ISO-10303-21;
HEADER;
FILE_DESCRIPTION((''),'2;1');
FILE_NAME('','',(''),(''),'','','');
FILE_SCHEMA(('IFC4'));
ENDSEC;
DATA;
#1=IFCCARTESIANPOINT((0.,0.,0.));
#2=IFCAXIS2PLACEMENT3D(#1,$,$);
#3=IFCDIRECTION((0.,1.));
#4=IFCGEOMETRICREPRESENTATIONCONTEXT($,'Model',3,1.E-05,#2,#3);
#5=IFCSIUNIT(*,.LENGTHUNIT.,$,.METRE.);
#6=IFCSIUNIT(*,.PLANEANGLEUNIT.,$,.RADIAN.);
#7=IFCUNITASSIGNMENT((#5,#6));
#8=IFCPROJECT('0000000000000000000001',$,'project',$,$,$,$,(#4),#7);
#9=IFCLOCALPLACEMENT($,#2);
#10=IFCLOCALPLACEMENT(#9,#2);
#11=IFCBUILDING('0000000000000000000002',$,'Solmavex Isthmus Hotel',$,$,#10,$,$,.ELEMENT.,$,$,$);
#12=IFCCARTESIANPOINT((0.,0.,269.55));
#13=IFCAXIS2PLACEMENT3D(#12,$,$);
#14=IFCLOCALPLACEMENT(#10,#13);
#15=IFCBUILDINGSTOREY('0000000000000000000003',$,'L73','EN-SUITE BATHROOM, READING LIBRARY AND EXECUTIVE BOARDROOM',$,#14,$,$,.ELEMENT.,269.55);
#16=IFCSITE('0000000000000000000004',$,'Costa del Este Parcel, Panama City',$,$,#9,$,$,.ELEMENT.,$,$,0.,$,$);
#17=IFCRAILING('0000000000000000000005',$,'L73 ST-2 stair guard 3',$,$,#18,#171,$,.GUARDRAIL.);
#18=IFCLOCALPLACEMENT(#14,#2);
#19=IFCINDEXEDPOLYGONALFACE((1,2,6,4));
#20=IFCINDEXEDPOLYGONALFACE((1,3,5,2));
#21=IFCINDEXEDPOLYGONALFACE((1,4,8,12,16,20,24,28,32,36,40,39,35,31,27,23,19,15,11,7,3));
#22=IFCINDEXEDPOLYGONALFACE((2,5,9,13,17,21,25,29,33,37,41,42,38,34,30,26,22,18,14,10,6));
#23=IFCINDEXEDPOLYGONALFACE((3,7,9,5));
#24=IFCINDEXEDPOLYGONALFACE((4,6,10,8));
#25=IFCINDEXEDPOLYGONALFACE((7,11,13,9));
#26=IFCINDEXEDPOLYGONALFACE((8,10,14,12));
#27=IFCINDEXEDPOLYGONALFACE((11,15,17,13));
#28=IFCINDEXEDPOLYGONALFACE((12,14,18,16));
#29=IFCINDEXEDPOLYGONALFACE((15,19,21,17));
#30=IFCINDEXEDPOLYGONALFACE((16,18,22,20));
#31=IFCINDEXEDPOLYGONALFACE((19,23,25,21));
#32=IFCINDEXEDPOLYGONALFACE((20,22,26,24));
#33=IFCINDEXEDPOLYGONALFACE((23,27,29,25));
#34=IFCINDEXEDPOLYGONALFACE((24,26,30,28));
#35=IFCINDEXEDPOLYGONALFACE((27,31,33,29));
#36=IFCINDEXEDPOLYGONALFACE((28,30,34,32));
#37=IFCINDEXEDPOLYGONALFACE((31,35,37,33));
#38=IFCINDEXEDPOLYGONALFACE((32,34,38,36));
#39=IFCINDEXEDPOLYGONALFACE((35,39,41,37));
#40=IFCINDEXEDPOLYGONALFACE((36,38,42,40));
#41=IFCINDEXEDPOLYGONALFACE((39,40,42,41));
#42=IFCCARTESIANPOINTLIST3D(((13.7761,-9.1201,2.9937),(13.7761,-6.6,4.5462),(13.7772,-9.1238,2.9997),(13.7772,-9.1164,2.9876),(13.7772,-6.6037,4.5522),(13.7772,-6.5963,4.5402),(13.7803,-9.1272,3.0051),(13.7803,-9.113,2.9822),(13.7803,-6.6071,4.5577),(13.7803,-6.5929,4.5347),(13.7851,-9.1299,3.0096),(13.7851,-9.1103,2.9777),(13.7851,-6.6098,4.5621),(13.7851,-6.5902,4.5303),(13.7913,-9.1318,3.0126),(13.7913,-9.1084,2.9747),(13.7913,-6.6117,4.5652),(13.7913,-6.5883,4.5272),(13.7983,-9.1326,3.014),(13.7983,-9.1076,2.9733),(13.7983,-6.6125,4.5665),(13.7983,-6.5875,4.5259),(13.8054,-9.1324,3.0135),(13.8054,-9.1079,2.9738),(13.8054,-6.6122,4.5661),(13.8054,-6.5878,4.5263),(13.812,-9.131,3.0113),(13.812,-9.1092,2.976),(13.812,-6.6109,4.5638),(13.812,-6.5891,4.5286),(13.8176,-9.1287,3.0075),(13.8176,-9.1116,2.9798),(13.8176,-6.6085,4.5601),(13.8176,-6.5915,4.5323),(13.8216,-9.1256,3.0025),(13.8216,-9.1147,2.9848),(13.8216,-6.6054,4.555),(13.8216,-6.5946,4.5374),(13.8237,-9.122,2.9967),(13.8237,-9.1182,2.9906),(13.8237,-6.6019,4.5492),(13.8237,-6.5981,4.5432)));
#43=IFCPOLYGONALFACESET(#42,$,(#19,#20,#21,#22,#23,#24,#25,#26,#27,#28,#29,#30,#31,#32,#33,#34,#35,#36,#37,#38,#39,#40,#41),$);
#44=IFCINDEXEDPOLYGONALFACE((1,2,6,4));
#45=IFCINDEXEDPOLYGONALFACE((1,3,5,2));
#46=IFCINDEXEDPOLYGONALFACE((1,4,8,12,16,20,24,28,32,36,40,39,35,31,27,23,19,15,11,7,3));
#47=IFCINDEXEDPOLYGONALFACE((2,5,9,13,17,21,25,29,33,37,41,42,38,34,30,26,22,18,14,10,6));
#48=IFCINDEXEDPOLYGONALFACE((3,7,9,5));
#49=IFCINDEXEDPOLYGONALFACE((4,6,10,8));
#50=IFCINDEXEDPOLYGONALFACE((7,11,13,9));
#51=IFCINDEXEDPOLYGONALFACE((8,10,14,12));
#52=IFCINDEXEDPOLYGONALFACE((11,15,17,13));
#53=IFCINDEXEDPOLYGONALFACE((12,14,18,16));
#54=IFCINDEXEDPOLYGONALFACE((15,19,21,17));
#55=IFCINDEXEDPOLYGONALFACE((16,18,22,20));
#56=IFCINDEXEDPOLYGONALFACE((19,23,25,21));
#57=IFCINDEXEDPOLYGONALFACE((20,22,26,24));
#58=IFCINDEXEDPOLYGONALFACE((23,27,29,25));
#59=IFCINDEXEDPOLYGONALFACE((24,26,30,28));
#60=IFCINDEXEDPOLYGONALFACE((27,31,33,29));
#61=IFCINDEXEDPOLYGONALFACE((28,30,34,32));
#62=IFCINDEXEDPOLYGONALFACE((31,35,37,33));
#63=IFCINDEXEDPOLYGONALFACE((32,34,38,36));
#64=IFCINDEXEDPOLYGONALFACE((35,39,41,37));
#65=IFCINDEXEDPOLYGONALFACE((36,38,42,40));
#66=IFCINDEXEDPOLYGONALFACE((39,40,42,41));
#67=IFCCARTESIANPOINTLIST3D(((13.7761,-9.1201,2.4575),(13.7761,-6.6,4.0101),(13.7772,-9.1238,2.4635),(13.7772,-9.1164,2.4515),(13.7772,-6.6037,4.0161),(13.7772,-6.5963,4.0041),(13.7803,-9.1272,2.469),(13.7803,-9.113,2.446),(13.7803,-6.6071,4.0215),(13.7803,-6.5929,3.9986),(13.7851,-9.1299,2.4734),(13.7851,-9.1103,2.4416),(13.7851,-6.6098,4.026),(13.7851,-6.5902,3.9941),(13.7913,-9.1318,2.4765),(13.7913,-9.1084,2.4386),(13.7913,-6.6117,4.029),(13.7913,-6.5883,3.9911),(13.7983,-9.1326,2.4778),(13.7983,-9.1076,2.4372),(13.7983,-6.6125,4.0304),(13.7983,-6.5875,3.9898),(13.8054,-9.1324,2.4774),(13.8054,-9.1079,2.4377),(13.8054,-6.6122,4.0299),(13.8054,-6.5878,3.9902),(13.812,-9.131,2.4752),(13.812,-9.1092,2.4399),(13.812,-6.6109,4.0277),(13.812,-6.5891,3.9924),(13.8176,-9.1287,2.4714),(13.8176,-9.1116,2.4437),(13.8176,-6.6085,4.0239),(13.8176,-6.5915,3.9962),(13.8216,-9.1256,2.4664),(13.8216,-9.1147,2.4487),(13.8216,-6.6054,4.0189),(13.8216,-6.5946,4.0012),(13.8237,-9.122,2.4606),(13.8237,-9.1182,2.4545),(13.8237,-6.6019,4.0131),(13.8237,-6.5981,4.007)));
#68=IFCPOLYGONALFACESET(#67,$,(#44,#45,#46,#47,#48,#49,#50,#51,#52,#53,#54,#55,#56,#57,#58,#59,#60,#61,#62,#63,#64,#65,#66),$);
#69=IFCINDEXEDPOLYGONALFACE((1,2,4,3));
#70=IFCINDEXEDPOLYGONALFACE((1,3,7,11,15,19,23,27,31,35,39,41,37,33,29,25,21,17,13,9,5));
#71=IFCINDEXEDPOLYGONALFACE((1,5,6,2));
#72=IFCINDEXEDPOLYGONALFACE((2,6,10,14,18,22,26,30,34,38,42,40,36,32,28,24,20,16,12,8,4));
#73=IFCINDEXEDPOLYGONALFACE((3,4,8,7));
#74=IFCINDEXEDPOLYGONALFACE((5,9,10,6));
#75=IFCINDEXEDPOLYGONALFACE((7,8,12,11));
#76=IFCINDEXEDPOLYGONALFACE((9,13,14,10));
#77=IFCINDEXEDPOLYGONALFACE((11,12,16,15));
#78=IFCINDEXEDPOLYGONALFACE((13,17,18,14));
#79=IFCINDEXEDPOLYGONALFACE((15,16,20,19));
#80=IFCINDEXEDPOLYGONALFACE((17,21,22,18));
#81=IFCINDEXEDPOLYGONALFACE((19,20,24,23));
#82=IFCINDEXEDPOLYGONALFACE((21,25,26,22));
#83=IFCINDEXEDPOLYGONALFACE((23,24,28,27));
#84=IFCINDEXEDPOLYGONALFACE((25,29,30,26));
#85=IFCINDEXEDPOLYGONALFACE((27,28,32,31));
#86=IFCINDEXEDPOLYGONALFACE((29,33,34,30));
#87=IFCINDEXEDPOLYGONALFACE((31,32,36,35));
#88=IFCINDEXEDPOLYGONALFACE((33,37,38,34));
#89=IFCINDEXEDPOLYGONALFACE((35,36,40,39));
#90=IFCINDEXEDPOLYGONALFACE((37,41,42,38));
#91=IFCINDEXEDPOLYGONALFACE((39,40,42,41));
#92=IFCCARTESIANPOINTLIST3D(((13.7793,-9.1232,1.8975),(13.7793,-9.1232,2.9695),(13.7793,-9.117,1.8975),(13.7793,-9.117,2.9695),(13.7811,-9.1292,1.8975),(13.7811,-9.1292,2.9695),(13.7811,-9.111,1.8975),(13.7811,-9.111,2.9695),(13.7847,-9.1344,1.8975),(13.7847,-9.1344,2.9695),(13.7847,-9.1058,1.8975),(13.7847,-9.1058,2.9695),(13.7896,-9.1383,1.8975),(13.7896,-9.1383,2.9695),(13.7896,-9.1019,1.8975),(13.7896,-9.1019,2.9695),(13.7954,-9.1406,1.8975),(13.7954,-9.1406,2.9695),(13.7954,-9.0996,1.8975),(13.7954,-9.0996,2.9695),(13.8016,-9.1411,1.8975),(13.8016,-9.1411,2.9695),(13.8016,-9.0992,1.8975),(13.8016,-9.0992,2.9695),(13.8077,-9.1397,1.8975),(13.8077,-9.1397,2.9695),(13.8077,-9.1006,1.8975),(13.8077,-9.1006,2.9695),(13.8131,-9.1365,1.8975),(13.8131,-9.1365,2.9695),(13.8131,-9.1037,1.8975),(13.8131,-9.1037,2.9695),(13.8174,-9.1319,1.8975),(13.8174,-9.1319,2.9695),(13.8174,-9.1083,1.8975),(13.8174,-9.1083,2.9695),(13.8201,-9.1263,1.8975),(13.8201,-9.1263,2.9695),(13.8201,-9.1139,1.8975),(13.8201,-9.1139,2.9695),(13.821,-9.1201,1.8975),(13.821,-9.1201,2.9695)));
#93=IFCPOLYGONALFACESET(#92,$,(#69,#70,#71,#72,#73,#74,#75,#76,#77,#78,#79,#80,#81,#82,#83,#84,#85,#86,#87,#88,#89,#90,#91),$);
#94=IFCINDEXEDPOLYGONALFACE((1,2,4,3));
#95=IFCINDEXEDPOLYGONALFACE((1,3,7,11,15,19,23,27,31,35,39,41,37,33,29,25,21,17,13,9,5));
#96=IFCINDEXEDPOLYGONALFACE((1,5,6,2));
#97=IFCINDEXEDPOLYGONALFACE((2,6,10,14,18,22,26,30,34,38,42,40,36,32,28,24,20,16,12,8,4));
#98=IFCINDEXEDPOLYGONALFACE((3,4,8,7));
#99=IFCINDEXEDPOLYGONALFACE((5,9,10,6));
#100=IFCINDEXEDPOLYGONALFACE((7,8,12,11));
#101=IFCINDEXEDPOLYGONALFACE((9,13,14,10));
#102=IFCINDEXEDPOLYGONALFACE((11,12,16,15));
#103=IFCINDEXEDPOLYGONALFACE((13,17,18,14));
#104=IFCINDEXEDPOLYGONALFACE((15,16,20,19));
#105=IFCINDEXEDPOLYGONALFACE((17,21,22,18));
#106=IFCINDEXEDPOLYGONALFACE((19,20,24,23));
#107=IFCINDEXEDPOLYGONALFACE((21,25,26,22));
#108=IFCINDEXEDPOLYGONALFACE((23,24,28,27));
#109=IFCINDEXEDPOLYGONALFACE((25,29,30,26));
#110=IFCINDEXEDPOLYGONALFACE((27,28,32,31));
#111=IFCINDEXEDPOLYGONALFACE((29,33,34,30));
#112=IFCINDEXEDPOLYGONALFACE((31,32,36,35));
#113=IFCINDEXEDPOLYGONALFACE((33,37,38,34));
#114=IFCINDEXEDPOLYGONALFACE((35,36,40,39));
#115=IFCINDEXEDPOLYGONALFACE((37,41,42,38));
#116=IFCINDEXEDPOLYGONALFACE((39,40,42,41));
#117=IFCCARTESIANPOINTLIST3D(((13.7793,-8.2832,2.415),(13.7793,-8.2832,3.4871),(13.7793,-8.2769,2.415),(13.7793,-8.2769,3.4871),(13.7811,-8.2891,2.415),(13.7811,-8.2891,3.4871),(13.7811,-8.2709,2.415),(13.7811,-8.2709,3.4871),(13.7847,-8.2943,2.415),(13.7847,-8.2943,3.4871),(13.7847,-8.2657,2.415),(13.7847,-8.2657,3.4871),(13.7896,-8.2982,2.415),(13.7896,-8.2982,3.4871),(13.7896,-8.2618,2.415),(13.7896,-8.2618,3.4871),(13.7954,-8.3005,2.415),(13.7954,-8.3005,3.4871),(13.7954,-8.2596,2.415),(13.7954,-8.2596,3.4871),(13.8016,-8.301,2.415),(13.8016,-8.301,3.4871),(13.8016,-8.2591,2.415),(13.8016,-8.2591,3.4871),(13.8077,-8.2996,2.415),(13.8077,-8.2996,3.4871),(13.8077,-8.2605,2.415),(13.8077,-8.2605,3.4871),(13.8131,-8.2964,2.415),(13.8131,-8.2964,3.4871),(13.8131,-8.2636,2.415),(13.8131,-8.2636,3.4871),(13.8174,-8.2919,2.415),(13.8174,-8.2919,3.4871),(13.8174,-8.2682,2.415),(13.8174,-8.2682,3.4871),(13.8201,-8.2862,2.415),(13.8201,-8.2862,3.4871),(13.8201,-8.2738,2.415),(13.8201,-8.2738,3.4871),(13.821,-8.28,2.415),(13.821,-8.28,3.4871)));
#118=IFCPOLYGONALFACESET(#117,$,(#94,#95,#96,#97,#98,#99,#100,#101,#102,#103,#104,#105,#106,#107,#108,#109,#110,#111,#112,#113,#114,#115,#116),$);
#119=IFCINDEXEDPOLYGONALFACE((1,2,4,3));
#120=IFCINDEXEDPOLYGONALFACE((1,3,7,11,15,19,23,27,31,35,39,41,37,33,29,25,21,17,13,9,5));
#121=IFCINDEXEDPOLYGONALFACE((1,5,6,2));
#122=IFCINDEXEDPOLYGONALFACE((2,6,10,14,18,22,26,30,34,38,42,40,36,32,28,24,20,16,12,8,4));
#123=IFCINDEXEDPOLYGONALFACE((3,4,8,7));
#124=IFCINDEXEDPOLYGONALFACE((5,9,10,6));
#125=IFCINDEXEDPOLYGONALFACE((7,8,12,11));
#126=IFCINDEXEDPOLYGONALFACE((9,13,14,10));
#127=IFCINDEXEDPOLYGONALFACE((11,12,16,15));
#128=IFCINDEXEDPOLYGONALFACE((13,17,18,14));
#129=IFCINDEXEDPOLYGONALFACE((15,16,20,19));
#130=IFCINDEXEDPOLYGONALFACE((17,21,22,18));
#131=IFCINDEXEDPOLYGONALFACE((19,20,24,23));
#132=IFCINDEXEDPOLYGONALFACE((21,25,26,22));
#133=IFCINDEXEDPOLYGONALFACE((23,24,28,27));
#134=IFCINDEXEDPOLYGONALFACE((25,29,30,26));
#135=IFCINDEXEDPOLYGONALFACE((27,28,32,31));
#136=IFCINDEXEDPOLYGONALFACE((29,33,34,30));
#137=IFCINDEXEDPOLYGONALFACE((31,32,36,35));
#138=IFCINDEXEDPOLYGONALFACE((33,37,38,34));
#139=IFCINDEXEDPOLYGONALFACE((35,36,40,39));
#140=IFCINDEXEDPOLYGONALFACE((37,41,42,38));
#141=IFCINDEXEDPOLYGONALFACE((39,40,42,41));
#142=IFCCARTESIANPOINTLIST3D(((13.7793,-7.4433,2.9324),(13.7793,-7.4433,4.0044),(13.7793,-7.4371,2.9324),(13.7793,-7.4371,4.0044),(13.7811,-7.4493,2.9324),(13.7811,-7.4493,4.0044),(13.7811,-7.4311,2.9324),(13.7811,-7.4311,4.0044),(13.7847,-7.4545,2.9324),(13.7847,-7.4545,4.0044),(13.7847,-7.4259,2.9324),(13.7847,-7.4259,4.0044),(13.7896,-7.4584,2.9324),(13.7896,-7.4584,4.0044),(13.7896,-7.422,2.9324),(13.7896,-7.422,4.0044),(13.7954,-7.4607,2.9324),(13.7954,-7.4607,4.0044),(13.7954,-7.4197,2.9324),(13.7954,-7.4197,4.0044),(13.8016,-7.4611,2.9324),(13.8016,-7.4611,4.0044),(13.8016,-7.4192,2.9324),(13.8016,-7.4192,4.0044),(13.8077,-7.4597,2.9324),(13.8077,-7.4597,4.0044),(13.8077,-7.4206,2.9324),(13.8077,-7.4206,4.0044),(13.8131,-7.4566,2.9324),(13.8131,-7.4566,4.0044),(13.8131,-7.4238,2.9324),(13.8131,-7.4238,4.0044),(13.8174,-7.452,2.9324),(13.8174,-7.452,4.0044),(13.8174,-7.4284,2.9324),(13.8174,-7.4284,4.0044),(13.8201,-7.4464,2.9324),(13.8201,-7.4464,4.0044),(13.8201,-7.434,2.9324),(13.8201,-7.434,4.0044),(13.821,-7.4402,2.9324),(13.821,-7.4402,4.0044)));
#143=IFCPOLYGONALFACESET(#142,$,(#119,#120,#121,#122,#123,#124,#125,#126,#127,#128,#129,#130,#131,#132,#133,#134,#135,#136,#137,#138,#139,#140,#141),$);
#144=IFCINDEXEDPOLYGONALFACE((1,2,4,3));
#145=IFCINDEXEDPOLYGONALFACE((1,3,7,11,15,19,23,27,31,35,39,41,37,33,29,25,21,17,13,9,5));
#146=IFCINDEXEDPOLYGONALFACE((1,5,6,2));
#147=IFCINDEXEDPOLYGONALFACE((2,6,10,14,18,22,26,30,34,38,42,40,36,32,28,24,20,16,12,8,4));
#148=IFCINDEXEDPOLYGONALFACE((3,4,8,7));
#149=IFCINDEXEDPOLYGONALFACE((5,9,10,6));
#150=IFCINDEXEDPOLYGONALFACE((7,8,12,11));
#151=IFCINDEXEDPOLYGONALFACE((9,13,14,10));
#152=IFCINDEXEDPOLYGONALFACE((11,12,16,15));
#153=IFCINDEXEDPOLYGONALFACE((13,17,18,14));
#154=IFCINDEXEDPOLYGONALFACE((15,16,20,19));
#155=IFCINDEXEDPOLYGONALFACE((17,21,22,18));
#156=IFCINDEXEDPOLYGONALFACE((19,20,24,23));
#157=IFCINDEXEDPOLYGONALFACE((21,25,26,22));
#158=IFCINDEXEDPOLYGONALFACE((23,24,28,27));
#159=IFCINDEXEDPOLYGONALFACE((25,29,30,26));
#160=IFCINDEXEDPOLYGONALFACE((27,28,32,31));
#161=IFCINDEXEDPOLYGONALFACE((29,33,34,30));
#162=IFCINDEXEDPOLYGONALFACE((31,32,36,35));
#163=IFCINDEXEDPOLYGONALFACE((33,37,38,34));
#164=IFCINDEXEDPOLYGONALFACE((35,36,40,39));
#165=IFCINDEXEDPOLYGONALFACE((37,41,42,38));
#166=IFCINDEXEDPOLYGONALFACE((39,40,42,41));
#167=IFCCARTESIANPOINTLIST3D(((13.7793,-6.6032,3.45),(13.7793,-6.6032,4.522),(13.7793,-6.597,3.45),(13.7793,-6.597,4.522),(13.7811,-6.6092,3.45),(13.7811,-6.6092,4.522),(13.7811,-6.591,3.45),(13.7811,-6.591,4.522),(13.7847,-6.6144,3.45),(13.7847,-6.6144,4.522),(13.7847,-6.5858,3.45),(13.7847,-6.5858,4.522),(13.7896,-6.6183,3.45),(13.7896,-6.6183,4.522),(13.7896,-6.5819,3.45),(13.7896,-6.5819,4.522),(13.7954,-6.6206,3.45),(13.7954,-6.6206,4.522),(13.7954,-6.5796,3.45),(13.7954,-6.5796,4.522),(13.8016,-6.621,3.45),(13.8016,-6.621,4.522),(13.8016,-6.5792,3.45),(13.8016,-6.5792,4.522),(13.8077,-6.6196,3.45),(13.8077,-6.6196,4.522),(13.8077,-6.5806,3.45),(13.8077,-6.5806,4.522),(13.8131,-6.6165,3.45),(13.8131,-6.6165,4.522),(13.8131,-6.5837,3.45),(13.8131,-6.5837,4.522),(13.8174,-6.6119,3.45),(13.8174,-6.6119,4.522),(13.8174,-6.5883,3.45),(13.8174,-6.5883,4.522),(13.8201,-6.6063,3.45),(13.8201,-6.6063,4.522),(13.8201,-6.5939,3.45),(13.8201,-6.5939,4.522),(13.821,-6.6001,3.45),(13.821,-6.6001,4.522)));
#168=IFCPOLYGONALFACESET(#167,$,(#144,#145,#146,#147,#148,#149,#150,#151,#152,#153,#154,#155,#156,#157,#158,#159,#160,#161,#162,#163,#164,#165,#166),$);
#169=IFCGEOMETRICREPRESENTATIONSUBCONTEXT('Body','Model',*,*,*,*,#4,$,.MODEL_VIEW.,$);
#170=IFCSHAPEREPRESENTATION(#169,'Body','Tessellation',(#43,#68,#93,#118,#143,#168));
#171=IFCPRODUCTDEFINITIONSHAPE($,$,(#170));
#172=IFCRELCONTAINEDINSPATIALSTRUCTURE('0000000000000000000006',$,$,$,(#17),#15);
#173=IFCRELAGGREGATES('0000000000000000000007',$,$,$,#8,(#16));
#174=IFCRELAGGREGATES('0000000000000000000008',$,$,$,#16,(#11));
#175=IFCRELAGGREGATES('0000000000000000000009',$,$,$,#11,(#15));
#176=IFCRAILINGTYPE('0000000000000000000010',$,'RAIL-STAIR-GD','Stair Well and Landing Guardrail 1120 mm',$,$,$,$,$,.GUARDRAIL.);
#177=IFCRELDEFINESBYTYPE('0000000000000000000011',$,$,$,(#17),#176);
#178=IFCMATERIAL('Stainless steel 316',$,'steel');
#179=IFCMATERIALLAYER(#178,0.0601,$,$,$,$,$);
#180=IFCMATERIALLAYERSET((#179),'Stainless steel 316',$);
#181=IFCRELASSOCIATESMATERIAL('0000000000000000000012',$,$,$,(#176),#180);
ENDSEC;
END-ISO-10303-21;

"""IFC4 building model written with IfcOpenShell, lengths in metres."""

from ifc_helpers import new_model, si_unit, direction, frame, origin, origin_2d, place, context, subcontext, project, spatial, circle, extrude, material, layer, layer_set, type_object, element, save


model = new_model("IFC4")

# Units and contexts
model_context = context("Model", 3, precision=1e-05, world=origin(), true_north=direction((0.0, 1.0)))
body_context = subcontext(model_context, "Body", "Model", "MODEL_VIEW")
ifc_project = project(units=[si_unit("LENGTHUNIT", "METRE"), si_unit("PLANEANGLEUNIT", "RADIAN")], contexts=[model_context])

# Site, building, storey
site_placement = place(None, origin())
site = spatial("IfcSite", under=ifc_project, at=site_placement, Name="Costa del Este Parcel, Panama City", CompositionType="ELEMENT", RefElevation=0.0)
building_placement = place(site_placement, origin())
building = spatial("IfcBuilding", under=site, at=building_placement, Name="Solmavex Isthmus Hotel", CompositionType="ELEMENT")
storey_placement = place(building_placement, frame((0.0, 0.0, 269.55)))
storey = spatial("IfcBuildingStorey", under=building, at=storey_placement, Name="L73", Description="EN-SUITE BATHROOM, READING LIBRARY AND EXECUTIVE BOARDROOM", CompositionType="ELEMENT", Elevation=269.55)

# Railing
ifc_material_1 = material(Name="Stainless steel 316", Category="steel")
ifc_layer_1 = layer(ifc_material_1, 0.0601)
ifc_layer_set_1 = layer_set([ifc_layer_1], Name="Stainless steel 316")
railing_type_1 = type_object("IfcRailingType", Name="RAIL-STAIR-GD", Description="Stair Well and Landing Guardrail 1120 mm", PredefinedType="GUARDRAIL", material=ifc_layer_set_1)
railing_1_placement = place(storey_placement, frame((13.8, -9.1201, 1.8975)))
element("IfcRailing", 1, at=railing_1_placement, inside=storey, type_object=railing_type_1, Name="L73 ST-2 stair guard 3", PredefinedType="GUARDRAIL", context=body_context, shape_type="SweptSolid", body=[
    extrude(circle(Radius=0.0239, at=origin_2d()), frame((0.0, 0.0, 1.0962), z_axis=(0.0, 0.8514, 0.524516), x_axis=(-1.0, 0.0, 0.0)), (0.0, 0.0, 1.0), 2.96),
    extrude(circle(Radius=0.0239, at=origin_2d()), frame((0.0, 0.0, 0.5601), z_axis=(0.0, 0.8514, 0.524516), x_axis=(-1.0, 0.0, 0.0)), (0.0, 0.0, 1.0), 2.96),
    extrude(circle(Radius=0.021, at=origin_2d()), origin(), (0.0, 0.0, 1.0), 1.072),
    extrude(circle(Radius=0.021, at=origin_2d()), frame((0.0, 0.8401, 0.5176)), (0.0, 0.0, 1.0), 1.072),
    extrude(circle(Radius=0.021, at=origin_2d()), frame((0.0, 1.6799, 1.0349)), (0.0, 0.0, 1.0), 1.072),
    extrude(circle(Radius=0.021, at=origin_2d()), frame((0.0, 2.52, 1.5525)), (0.0, 0.0, 1.0), 1.072),
])

save(model, "model.ifc")
